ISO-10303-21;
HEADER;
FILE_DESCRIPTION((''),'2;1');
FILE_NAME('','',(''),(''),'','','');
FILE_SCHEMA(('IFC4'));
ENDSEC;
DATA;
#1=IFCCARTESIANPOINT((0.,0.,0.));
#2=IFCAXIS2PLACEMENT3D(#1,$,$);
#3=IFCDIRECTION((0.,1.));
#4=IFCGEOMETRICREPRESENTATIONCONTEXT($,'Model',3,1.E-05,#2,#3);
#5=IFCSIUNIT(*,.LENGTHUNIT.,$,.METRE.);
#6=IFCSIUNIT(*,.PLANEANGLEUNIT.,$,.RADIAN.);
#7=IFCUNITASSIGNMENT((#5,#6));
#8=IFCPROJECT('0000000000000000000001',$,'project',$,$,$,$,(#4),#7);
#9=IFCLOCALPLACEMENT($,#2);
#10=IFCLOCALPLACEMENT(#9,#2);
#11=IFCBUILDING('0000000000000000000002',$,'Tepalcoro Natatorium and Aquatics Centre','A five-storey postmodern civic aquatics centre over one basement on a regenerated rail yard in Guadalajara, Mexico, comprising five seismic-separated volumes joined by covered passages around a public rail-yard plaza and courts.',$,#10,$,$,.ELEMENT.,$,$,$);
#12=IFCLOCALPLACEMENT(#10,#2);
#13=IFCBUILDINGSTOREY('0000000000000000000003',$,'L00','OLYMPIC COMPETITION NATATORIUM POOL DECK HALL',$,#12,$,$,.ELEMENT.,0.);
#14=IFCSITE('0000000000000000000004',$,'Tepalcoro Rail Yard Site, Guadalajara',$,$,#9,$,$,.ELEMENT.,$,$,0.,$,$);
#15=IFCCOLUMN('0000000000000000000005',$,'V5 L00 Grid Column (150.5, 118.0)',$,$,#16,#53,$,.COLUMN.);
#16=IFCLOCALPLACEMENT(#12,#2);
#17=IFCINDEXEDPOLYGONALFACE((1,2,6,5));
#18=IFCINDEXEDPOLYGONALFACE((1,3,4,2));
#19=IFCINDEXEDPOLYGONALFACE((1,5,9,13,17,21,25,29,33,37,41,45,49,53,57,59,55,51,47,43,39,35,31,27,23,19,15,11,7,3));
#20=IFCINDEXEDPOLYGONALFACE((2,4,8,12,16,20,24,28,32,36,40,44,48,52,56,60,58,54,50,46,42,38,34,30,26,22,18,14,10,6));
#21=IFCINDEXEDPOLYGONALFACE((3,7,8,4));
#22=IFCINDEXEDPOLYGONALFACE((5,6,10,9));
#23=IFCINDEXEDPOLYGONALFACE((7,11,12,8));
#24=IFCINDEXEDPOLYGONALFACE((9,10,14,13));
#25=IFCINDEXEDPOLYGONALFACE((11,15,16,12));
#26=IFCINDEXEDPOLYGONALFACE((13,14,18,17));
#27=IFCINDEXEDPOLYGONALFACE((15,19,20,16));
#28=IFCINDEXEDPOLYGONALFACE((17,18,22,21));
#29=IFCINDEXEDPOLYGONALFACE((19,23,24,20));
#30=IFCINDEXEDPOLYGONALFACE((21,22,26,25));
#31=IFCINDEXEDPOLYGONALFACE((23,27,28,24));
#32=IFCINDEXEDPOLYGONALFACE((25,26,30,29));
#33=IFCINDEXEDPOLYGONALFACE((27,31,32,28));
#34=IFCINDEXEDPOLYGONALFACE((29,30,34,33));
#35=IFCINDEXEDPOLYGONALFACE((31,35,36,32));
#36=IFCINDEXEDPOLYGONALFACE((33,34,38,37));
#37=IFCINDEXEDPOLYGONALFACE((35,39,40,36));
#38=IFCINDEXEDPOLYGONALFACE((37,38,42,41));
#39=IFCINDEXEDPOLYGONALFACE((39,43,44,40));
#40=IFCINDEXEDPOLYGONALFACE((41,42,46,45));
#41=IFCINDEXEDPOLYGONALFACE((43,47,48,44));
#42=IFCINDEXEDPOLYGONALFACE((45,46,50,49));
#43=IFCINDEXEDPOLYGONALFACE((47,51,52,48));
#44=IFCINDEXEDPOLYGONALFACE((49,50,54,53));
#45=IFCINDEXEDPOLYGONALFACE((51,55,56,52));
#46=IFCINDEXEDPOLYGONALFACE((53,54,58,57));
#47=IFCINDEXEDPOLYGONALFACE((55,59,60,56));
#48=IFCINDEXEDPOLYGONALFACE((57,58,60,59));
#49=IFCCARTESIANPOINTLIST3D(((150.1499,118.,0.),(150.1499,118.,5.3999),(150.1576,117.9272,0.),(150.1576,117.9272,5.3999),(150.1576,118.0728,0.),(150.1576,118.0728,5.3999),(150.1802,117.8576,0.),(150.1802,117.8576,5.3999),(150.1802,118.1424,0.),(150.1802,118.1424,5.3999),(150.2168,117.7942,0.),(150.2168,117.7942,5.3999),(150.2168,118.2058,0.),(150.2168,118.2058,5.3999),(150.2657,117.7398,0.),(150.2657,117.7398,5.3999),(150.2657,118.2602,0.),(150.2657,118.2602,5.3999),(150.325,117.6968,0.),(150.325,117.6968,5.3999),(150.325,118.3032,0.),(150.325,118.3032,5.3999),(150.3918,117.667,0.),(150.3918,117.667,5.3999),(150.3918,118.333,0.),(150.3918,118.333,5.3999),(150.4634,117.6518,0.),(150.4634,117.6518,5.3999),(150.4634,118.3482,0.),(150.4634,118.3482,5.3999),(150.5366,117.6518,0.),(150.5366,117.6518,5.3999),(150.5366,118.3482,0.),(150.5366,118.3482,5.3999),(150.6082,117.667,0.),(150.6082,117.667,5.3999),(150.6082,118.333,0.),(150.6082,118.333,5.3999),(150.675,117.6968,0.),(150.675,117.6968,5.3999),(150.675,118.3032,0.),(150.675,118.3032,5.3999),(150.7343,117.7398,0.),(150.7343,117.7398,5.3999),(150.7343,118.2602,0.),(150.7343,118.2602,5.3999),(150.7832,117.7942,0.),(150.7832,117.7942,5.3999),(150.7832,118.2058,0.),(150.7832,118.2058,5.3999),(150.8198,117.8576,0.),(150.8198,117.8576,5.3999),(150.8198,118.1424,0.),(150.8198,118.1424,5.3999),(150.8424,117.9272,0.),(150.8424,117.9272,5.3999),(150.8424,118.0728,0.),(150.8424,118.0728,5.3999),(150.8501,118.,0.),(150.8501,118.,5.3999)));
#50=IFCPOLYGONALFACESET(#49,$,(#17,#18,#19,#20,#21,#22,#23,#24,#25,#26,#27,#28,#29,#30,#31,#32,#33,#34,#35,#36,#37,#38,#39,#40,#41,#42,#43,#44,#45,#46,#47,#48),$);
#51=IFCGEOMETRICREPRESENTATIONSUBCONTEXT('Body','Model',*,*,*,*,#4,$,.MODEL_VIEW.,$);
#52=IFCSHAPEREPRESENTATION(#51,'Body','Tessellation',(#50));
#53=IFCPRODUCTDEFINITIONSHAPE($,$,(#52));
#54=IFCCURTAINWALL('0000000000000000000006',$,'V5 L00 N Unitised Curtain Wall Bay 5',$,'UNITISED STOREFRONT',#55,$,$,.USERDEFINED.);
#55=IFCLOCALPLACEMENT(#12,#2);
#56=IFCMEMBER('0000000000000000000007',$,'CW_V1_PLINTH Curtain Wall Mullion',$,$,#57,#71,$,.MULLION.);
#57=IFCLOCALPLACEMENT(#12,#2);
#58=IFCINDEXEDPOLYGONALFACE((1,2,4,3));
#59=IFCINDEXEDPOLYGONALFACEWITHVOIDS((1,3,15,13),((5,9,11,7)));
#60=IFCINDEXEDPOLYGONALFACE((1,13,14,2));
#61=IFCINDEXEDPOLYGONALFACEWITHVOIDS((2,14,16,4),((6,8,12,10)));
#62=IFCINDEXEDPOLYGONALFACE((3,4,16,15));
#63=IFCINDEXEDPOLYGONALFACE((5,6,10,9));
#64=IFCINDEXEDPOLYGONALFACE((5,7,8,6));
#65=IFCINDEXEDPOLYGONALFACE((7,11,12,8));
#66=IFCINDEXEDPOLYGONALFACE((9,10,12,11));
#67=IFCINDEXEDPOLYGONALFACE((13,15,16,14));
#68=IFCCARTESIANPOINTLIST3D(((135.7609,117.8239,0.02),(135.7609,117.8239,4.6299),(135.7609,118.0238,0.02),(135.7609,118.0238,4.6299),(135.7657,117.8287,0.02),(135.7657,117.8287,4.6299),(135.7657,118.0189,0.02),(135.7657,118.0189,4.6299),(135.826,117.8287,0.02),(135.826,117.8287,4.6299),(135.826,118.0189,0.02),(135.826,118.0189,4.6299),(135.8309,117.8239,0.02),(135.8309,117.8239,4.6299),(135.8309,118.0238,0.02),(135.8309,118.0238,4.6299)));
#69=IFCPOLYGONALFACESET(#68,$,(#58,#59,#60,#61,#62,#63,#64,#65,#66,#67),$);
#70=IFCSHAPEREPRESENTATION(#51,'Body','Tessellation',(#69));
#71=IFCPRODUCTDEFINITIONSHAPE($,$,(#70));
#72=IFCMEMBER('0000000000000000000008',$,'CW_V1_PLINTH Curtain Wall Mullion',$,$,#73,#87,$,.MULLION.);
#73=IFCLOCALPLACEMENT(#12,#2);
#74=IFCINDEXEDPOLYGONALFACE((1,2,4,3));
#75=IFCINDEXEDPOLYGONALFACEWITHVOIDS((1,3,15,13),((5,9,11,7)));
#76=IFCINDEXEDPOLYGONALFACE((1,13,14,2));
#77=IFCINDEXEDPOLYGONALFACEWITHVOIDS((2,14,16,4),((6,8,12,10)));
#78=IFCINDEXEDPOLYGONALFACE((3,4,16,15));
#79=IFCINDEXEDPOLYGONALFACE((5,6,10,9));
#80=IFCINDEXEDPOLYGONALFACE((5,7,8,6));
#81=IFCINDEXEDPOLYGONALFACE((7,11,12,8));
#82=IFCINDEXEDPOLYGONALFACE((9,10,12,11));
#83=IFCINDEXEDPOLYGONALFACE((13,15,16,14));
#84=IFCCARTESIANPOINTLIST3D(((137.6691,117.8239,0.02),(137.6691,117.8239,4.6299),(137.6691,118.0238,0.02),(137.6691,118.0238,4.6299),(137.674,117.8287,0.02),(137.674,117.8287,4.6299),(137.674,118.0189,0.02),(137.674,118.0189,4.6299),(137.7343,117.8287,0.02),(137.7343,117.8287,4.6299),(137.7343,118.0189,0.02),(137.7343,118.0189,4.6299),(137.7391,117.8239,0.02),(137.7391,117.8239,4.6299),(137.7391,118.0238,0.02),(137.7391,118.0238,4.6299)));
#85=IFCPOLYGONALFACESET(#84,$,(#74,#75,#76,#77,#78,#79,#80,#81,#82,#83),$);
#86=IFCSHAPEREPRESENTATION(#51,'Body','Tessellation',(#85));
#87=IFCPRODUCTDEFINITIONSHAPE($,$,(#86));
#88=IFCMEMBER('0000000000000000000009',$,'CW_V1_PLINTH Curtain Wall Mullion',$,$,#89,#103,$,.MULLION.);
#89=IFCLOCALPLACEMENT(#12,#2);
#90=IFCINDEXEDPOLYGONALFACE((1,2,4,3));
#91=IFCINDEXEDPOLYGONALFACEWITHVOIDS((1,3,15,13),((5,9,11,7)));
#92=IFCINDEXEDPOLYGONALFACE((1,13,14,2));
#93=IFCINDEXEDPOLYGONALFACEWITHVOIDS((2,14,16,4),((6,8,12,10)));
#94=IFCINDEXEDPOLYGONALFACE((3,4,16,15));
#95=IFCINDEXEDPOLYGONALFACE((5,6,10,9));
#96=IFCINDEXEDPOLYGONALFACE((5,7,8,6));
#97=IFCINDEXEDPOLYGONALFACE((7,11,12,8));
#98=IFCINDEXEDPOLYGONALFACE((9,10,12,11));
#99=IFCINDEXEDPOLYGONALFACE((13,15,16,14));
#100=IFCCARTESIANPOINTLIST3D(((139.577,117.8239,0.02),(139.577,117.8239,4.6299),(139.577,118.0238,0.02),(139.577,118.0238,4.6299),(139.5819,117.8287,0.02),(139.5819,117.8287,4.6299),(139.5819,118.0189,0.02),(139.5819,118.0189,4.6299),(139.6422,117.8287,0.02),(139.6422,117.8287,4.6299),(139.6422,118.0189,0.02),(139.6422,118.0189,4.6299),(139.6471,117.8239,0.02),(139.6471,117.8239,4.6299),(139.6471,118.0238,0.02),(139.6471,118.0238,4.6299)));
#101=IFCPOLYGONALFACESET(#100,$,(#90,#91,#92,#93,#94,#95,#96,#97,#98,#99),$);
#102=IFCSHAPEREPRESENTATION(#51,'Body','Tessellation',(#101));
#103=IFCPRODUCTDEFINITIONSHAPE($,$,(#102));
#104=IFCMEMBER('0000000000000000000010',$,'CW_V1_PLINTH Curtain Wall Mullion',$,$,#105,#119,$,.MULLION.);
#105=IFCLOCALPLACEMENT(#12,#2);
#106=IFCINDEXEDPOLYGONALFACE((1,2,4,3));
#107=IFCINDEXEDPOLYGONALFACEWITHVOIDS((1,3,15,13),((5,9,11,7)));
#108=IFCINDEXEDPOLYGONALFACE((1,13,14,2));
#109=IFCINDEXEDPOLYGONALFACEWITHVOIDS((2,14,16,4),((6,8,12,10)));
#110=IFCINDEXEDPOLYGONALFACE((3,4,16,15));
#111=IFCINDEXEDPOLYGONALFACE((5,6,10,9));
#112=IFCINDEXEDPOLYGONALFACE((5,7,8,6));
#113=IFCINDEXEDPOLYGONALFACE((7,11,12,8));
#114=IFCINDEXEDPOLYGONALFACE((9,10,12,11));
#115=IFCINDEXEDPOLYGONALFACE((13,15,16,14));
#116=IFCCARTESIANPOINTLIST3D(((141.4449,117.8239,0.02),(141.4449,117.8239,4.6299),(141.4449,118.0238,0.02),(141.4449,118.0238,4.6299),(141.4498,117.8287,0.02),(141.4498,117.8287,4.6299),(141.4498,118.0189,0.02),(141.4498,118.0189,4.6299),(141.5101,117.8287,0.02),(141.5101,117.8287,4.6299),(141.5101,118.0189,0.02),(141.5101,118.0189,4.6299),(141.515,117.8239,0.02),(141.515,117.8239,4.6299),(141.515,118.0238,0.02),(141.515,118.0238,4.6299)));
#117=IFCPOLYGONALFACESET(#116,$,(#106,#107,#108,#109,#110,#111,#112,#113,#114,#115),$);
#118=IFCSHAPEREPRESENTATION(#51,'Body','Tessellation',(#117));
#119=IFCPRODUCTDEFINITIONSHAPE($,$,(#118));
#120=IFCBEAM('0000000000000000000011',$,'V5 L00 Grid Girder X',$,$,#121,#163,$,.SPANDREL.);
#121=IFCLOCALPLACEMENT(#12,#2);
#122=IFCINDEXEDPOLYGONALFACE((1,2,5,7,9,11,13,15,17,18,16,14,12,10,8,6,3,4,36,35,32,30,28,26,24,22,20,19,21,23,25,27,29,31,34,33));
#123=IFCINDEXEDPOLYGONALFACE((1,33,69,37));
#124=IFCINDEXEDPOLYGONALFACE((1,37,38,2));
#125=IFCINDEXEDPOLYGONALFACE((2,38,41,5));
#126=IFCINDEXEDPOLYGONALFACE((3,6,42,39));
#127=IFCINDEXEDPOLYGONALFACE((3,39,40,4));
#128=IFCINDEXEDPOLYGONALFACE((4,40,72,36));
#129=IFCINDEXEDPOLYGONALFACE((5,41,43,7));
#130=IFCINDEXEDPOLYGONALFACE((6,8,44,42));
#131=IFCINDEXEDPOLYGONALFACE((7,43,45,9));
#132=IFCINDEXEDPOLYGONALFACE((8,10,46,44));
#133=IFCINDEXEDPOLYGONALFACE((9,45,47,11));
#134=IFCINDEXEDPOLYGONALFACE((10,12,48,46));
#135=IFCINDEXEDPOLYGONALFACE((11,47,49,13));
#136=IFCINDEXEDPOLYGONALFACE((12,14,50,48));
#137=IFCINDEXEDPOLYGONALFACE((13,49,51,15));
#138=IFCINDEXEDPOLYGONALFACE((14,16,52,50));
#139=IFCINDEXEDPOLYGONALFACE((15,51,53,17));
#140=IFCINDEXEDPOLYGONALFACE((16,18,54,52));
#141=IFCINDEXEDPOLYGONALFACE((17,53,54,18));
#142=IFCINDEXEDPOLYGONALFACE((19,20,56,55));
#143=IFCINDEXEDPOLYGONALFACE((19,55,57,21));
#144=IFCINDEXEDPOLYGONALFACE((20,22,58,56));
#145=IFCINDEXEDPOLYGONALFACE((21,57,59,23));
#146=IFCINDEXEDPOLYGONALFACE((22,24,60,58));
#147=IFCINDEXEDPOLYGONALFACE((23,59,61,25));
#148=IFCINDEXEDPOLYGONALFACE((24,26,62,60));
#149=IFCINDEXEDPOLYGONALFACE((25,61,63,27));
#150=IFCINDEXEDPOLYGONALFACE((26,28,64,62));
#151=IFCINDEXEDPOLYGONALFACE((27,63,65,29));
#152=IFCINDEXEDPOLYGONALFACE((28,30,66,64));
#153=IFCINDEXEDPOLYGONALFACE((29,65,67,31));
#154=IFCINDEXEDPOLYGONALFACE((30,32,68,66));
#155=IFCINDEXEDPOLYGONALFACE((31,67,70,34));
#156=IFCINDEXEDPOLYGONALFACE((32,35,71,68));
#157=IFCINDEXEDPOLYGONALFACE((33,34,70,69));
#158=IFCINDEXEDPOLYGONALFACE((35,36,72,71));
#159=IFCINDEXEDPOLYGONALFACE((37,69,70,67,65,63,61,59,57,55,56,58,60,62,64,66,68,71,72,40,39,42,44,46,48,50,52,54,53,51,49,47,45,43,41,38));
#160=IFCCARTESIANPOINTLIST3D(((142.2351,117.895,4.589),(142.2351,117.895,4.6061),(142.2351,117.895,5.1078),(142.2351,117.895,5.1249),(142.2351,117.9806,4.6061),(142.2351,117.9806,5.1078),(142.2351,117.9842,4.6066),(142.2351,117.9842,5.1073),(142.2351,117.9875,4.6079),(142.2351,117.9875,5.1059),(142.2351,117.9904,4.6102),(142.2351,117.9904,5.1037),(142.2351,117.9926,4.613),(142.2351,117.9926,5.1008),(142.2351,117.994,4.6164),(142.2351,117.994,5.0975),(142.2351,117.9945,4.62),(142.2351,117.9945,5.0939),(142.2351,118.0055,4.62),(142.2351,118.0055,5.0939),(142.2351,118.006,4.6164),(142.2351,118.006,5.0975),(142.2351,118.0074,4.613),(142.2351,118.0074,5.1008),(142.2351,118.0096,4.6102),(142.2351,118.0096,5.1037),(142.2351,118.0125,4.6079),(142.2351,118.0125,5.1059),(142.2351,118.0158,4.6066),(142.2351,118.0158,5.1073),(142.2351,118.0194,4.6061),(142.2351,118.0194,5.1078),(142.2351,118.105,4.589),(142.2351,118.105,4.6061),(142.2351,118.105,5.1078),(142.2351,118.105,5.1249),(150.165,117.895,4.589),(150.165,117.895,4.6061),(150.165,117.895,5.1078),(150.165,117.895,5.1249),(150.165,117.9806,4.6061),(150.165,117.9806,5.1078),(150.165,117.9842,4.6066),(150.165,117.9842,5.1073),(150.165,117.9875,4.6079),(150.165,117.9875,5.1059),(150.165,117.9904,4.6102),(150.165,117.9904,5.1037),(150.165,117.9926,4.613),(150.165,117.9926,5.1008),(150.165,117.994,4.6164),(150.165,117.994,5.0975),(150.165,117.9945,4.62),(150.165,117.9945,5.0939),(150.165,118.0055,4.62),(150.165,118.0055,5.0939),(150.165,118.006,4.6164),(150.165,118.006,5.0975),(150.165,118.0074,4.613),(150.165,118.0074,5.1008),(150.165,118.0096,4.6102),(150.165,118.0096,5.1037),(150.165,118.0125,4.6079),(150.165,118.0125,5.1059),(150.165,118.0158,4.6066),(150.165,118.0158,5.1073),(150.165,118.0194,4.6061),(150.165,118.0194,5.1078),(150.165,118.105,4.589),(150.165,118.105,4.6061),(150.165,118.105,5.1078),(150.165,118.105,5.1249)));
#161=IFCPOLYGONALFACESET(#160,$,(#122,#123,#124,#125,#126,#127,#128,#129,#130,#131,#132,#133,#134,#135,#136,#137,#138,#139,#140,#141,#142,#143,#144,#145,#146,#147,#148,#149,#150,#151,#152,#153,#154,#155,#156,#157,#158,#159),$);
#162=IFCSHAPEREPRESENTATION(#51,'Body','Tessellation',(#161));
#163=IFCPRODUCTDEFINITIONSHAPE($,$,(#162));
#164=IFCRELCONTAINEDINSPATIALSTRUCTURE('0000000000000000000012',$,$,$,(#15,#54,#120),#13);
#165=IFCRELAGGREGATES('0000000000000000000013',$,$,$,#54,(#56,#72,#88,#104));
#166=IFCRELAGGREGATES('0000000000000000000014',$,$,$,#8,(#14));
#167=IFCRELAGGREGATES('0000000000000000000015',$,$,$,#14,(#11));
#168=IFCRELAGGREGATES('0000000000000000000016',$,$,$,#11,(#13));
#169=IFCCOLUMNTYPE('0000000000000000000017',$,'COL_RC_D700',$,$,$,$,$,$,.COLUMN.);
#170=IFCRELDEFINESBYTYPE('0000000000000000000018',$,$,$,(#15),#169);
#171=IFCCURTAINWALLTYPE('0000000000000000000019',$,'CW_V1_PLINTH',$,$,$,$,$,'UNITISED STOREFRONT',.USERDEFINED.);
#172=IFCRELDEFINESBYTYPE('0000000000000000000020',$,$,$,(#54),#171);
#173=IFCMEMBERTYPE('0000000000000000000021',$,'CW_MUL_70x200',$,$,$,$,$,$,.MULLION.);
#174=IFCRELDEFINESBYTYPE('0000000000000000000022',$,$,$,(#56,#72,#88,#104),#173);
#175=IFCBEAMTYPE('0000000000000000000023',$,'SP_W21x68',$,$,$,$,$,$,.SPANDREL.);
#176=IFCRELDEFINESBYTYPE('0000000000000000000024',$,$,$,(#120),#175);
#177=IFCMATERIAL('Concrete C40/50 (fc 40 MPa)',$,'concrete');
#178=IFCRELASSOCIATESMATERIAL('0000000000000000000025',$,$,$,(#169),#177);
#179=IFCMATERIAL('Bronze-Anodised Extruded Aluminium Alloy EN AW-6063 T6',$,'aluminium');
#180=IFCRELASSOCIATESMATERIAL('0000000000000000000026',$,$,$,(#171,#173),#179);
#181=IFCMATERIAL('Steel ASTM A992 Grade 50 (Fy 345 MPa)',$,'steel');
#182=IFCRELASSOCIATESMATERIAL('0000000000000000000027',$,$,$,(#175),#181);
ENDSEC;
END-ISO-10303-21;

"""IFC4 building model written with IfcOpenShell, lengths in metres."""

from ifc_helpers import new_model, si_unit, direction, frame, origin, origin_2d, place, context, subcontext, project, spatial, hollow_rectangle, circle, i_section, extrude, material, material_profile, profile_set, type_object, element, aggregate, save


model = new_model("IFC4")

# Units and contexts
model_context = context("Model", 3, precision=1e-05, world=origin(), true_north=direction((0.0, 1.0)))
body_context = subcontext(model_context, "Body", "Model", "MODEL_VIEW")
ifc_project = project(units=[si_unit("LENGTHUNIT", "METRE"), si_unit("PLANEANGLEUNIT", "RADIAN")], contexts=[model_context])

# Site, building, storey
site_placement = place(None, origin())
site = spatial("IfcSite", under=ifc_project, at=site_placement, Name="Tepalcoro Rail Yard Site, Guadalajara", CompositionType="ELEMENT", RefElevation=0.0)
building_placement = place(site_placement, origin())
building = spatial("IfcBuilding", under=site, at=building_placement, Name="Tepalcoro Natatorium and Aquatics Centre", Description="A five-storey postmodern civic aquatics centre over one basement on a regenerated rail yard in Guadalajara, Mexico, comprising five seismic-separated volumes joined by covered passages around a public rail-yard plaza and courts.", CompositionType="ELEMENT")
storey_placement = place(building_placement, origin())
storey = spatial("IfcBuildingStorey", under=building, at=storey_placement, Name="L00", Description="OLYMPIC COMPETITION NATATORIUM POOL DECK HALL", CompositionType="ELEMENT", Elevation=0.0)

# Shared definitions
ifc_material_1 = material(Name="Concrete C40/50 (fc 40 MPa)", Category="concrete")

# Column
ifc_material_2 = material(Name="Steel ASTM A992 Grade 50 (Fy 345 MPa)", Category="steel")
ifc_material_profile_1 = material_profile(ifc_material_1, circle(Radius=0.3501, at=origin_2d()), Name="RCD700")
ifc_profile_set_1 = profile_set([ifc_material_profile_1], Name="Concrete C40/50 (fc 40 MPa)")
column_type_1 = type_object("IfcColumnType", Name="COL_RC_D700", PredefinedType="COLUMN", material=ifc_profile_set_1)
column_1_placement = place(storey_placement, frame((150.5, 118.0, 0.0), z_axis=(0.0, 0.0, 1.0), x_axis=(1.0, 0.0, 0.0)))
element("IfcColumn", 1, at=column_1_placement, inside=storey, type_object=column_type_1, Name="V5 L00 Grid Column (150.5, 118.0)", PredefinedType="COLUMN", context=body_context, shape_type="SweptSolid", body=[
    extrude(circle(Radius=0.3501, at=origin_2d()), origin(), (0.0, 0.0, 1.0), 5.3999),
])

# Curtain wall, members
ifc_material_3 = material(Name="Bronze-Anodised Extruded Aluminium Alloy EN AW-6063 T6", Category="aluminium")
curtain_wall_type = type_object("IfcCurtainWallType", Name="CW_V1_PLINTH", ElementType="UNITISED STOREFRONT", PredefinedType="USERDEFINED", material=ifc_material_3)
curtain_wall_placement = place(storey_placement, origin())
curtain_wall = element("IfcCurtainWall", 2, at=curtain_wall_placement, inside=storey, type_object=curtain_wall_type, Name="V5 L00 N Unitised Curtain Wall Bay 5", ObjectType="UNITISED STOREFRONT", PredefinedType="USERDEFINED")
ifc_material_profile_2 = material_profile(ifc_material_3, hollow_rectangle(XDim=0.0701, YDim=0.2, WallThickness=0.0049, at=origin_2d()), Name="AL70X200X5")
ifc_profile_set_2 = profile_set([ifc_material_profile_2], Name="Bronze-Anodised Extruded Aluminium Alloy EN AW-6063 T6")
member_type = type_object("IfcMemberType", Name="CW_MUL_70x200", PredefinedType="MULLION", material=ifc_profile_set_2)
member_1_placement = place(storey_placement, frame((135.7959, 117.9238, 0.02), z_axis=(0.0, 0.0, 1.0), x_axis=(1.0, 0.0, 0.0)))
member_1 = element("IfcMember", 3, at=member_1_placement, type_object=member_type, Name="CW_V1_PLINTH Curtain Wall Mullion", PredefinedType="MULLION", context=body_context, shape_type="SweptSolid", body=[
    extrude(hollow_rectangle(XDim=0.0701, YDim=0.2, WallThickness=0.0049, at=origin_2d()), origin(), (0.0, 0.0, 1.0), 4.6099),
])
member_2_placement = place(storey_placement, frame((137.7041, 117.9238, 0.02), z_axis=(0.0, 0.0, 1.0), x_axis=(1.0, 0.0, 0.0)))
member_2 = element("IfcMember", 4, at=member_2_placement, type_object=member_type, Name="CW_V1_PLINTH Curtain Wall Mullion", PredefinedType="MULLION", context=body_context, shape_type="SweptSolid", body=[
    extrude(hollow_rectangle(XDim=0.0701, YDim=0.2, WallThickness=0.0049, at=origin_2d()), origin(), (0.0, 0.0, 1.0), 4.6099),
])
member_3_placement = place(storey_placement, frame((139.6121, 117.9238, 0.02), z_axis=(0.0, 0.0, 1.0), x_axis=(1.0, 0.0, 0.0)))
member_3 = element("IfcMember", 5, at=member_3_placement, type_object=member_type, Name="CW_V1_PLINTH Curtain Wall Mullion", PredefinedType="MULLION", context=body_context, shape_type="SweptSolid", body=[
    extrude(hollow_rectangle(XDim=0.0701, YDim=0.2, WallThickness=0.0049, at=origin_2d()), origin(), (0.0, 0.0, 1.0), 4.6099),
])
member_4_placement = place(storey_placement, frame((141.48, 117.9238, 0.02), z_axis=(0.0, 0.0, 1.0), x_axis=(1.0, 0.0, 0.0)))
member_4 = element("IfcMember", 6, at=member_4_placement, type_object=member_type, Name="CW_V1_PLINTH Curtain Wall Mullion", PredefinedType="MULLION", context=body_context, shape_type="SweptSolid", body=[
    extrude(hollow_rectangle(XDim=0.0701, YDim=0.2, WallThickness=0.0049, at=origin_2d()), origin(), (0.0, 0.0, 1.0), 4.6099),
])

# Beam
ifc_material_profile_3 = material_profile(ifc_material_2, i_section(OverallWidth=0.21, OverallDepth=0.5359, WebThickness=0.011, FlangeThickness=0.0171, FilletRadius=0.0139, at=origin_2d()), Name="W21X68")
ifc_profile_set_3 = profile_set([ifc_material_profile_3], Name="Steel ASTM A992 Grade 50 (Fy 345 MPa)")
beam_type_1 = type_object("IfcBeamType", Name="SP_W21x68", PredefinedType="SPANDREL", material=ifc_profile_set_3)
beam_1_placement = place(storey_placement, frame((142.2351, 118.0, 4.8569), z_axis=(1.0, 0.0, 0.0), x_axis=(0.0, 1.0, 0.0)))
element("IfcBeam", 7, at=beam_1_placement, inside=storey, type_object=beam_type_1, Name="V5 L00 Grid Girder X", PredefinedType="SPANDREL", context=body_context, shape_type="SweptSolid", body=[
    extrude(i_section(OverallWidth=0.21, OverallDepth=0.5359, WebThickness=0.011, FlangeThickness=0.0171, FilletRadius=0.0139, at=origin_2d()), origin(), (0.0, 0.0, 1.0), 7.9299),
])

aggregate(curtain_wall, [member_1, member_2, member_3, member_4])

save(model, "model.ifc")
